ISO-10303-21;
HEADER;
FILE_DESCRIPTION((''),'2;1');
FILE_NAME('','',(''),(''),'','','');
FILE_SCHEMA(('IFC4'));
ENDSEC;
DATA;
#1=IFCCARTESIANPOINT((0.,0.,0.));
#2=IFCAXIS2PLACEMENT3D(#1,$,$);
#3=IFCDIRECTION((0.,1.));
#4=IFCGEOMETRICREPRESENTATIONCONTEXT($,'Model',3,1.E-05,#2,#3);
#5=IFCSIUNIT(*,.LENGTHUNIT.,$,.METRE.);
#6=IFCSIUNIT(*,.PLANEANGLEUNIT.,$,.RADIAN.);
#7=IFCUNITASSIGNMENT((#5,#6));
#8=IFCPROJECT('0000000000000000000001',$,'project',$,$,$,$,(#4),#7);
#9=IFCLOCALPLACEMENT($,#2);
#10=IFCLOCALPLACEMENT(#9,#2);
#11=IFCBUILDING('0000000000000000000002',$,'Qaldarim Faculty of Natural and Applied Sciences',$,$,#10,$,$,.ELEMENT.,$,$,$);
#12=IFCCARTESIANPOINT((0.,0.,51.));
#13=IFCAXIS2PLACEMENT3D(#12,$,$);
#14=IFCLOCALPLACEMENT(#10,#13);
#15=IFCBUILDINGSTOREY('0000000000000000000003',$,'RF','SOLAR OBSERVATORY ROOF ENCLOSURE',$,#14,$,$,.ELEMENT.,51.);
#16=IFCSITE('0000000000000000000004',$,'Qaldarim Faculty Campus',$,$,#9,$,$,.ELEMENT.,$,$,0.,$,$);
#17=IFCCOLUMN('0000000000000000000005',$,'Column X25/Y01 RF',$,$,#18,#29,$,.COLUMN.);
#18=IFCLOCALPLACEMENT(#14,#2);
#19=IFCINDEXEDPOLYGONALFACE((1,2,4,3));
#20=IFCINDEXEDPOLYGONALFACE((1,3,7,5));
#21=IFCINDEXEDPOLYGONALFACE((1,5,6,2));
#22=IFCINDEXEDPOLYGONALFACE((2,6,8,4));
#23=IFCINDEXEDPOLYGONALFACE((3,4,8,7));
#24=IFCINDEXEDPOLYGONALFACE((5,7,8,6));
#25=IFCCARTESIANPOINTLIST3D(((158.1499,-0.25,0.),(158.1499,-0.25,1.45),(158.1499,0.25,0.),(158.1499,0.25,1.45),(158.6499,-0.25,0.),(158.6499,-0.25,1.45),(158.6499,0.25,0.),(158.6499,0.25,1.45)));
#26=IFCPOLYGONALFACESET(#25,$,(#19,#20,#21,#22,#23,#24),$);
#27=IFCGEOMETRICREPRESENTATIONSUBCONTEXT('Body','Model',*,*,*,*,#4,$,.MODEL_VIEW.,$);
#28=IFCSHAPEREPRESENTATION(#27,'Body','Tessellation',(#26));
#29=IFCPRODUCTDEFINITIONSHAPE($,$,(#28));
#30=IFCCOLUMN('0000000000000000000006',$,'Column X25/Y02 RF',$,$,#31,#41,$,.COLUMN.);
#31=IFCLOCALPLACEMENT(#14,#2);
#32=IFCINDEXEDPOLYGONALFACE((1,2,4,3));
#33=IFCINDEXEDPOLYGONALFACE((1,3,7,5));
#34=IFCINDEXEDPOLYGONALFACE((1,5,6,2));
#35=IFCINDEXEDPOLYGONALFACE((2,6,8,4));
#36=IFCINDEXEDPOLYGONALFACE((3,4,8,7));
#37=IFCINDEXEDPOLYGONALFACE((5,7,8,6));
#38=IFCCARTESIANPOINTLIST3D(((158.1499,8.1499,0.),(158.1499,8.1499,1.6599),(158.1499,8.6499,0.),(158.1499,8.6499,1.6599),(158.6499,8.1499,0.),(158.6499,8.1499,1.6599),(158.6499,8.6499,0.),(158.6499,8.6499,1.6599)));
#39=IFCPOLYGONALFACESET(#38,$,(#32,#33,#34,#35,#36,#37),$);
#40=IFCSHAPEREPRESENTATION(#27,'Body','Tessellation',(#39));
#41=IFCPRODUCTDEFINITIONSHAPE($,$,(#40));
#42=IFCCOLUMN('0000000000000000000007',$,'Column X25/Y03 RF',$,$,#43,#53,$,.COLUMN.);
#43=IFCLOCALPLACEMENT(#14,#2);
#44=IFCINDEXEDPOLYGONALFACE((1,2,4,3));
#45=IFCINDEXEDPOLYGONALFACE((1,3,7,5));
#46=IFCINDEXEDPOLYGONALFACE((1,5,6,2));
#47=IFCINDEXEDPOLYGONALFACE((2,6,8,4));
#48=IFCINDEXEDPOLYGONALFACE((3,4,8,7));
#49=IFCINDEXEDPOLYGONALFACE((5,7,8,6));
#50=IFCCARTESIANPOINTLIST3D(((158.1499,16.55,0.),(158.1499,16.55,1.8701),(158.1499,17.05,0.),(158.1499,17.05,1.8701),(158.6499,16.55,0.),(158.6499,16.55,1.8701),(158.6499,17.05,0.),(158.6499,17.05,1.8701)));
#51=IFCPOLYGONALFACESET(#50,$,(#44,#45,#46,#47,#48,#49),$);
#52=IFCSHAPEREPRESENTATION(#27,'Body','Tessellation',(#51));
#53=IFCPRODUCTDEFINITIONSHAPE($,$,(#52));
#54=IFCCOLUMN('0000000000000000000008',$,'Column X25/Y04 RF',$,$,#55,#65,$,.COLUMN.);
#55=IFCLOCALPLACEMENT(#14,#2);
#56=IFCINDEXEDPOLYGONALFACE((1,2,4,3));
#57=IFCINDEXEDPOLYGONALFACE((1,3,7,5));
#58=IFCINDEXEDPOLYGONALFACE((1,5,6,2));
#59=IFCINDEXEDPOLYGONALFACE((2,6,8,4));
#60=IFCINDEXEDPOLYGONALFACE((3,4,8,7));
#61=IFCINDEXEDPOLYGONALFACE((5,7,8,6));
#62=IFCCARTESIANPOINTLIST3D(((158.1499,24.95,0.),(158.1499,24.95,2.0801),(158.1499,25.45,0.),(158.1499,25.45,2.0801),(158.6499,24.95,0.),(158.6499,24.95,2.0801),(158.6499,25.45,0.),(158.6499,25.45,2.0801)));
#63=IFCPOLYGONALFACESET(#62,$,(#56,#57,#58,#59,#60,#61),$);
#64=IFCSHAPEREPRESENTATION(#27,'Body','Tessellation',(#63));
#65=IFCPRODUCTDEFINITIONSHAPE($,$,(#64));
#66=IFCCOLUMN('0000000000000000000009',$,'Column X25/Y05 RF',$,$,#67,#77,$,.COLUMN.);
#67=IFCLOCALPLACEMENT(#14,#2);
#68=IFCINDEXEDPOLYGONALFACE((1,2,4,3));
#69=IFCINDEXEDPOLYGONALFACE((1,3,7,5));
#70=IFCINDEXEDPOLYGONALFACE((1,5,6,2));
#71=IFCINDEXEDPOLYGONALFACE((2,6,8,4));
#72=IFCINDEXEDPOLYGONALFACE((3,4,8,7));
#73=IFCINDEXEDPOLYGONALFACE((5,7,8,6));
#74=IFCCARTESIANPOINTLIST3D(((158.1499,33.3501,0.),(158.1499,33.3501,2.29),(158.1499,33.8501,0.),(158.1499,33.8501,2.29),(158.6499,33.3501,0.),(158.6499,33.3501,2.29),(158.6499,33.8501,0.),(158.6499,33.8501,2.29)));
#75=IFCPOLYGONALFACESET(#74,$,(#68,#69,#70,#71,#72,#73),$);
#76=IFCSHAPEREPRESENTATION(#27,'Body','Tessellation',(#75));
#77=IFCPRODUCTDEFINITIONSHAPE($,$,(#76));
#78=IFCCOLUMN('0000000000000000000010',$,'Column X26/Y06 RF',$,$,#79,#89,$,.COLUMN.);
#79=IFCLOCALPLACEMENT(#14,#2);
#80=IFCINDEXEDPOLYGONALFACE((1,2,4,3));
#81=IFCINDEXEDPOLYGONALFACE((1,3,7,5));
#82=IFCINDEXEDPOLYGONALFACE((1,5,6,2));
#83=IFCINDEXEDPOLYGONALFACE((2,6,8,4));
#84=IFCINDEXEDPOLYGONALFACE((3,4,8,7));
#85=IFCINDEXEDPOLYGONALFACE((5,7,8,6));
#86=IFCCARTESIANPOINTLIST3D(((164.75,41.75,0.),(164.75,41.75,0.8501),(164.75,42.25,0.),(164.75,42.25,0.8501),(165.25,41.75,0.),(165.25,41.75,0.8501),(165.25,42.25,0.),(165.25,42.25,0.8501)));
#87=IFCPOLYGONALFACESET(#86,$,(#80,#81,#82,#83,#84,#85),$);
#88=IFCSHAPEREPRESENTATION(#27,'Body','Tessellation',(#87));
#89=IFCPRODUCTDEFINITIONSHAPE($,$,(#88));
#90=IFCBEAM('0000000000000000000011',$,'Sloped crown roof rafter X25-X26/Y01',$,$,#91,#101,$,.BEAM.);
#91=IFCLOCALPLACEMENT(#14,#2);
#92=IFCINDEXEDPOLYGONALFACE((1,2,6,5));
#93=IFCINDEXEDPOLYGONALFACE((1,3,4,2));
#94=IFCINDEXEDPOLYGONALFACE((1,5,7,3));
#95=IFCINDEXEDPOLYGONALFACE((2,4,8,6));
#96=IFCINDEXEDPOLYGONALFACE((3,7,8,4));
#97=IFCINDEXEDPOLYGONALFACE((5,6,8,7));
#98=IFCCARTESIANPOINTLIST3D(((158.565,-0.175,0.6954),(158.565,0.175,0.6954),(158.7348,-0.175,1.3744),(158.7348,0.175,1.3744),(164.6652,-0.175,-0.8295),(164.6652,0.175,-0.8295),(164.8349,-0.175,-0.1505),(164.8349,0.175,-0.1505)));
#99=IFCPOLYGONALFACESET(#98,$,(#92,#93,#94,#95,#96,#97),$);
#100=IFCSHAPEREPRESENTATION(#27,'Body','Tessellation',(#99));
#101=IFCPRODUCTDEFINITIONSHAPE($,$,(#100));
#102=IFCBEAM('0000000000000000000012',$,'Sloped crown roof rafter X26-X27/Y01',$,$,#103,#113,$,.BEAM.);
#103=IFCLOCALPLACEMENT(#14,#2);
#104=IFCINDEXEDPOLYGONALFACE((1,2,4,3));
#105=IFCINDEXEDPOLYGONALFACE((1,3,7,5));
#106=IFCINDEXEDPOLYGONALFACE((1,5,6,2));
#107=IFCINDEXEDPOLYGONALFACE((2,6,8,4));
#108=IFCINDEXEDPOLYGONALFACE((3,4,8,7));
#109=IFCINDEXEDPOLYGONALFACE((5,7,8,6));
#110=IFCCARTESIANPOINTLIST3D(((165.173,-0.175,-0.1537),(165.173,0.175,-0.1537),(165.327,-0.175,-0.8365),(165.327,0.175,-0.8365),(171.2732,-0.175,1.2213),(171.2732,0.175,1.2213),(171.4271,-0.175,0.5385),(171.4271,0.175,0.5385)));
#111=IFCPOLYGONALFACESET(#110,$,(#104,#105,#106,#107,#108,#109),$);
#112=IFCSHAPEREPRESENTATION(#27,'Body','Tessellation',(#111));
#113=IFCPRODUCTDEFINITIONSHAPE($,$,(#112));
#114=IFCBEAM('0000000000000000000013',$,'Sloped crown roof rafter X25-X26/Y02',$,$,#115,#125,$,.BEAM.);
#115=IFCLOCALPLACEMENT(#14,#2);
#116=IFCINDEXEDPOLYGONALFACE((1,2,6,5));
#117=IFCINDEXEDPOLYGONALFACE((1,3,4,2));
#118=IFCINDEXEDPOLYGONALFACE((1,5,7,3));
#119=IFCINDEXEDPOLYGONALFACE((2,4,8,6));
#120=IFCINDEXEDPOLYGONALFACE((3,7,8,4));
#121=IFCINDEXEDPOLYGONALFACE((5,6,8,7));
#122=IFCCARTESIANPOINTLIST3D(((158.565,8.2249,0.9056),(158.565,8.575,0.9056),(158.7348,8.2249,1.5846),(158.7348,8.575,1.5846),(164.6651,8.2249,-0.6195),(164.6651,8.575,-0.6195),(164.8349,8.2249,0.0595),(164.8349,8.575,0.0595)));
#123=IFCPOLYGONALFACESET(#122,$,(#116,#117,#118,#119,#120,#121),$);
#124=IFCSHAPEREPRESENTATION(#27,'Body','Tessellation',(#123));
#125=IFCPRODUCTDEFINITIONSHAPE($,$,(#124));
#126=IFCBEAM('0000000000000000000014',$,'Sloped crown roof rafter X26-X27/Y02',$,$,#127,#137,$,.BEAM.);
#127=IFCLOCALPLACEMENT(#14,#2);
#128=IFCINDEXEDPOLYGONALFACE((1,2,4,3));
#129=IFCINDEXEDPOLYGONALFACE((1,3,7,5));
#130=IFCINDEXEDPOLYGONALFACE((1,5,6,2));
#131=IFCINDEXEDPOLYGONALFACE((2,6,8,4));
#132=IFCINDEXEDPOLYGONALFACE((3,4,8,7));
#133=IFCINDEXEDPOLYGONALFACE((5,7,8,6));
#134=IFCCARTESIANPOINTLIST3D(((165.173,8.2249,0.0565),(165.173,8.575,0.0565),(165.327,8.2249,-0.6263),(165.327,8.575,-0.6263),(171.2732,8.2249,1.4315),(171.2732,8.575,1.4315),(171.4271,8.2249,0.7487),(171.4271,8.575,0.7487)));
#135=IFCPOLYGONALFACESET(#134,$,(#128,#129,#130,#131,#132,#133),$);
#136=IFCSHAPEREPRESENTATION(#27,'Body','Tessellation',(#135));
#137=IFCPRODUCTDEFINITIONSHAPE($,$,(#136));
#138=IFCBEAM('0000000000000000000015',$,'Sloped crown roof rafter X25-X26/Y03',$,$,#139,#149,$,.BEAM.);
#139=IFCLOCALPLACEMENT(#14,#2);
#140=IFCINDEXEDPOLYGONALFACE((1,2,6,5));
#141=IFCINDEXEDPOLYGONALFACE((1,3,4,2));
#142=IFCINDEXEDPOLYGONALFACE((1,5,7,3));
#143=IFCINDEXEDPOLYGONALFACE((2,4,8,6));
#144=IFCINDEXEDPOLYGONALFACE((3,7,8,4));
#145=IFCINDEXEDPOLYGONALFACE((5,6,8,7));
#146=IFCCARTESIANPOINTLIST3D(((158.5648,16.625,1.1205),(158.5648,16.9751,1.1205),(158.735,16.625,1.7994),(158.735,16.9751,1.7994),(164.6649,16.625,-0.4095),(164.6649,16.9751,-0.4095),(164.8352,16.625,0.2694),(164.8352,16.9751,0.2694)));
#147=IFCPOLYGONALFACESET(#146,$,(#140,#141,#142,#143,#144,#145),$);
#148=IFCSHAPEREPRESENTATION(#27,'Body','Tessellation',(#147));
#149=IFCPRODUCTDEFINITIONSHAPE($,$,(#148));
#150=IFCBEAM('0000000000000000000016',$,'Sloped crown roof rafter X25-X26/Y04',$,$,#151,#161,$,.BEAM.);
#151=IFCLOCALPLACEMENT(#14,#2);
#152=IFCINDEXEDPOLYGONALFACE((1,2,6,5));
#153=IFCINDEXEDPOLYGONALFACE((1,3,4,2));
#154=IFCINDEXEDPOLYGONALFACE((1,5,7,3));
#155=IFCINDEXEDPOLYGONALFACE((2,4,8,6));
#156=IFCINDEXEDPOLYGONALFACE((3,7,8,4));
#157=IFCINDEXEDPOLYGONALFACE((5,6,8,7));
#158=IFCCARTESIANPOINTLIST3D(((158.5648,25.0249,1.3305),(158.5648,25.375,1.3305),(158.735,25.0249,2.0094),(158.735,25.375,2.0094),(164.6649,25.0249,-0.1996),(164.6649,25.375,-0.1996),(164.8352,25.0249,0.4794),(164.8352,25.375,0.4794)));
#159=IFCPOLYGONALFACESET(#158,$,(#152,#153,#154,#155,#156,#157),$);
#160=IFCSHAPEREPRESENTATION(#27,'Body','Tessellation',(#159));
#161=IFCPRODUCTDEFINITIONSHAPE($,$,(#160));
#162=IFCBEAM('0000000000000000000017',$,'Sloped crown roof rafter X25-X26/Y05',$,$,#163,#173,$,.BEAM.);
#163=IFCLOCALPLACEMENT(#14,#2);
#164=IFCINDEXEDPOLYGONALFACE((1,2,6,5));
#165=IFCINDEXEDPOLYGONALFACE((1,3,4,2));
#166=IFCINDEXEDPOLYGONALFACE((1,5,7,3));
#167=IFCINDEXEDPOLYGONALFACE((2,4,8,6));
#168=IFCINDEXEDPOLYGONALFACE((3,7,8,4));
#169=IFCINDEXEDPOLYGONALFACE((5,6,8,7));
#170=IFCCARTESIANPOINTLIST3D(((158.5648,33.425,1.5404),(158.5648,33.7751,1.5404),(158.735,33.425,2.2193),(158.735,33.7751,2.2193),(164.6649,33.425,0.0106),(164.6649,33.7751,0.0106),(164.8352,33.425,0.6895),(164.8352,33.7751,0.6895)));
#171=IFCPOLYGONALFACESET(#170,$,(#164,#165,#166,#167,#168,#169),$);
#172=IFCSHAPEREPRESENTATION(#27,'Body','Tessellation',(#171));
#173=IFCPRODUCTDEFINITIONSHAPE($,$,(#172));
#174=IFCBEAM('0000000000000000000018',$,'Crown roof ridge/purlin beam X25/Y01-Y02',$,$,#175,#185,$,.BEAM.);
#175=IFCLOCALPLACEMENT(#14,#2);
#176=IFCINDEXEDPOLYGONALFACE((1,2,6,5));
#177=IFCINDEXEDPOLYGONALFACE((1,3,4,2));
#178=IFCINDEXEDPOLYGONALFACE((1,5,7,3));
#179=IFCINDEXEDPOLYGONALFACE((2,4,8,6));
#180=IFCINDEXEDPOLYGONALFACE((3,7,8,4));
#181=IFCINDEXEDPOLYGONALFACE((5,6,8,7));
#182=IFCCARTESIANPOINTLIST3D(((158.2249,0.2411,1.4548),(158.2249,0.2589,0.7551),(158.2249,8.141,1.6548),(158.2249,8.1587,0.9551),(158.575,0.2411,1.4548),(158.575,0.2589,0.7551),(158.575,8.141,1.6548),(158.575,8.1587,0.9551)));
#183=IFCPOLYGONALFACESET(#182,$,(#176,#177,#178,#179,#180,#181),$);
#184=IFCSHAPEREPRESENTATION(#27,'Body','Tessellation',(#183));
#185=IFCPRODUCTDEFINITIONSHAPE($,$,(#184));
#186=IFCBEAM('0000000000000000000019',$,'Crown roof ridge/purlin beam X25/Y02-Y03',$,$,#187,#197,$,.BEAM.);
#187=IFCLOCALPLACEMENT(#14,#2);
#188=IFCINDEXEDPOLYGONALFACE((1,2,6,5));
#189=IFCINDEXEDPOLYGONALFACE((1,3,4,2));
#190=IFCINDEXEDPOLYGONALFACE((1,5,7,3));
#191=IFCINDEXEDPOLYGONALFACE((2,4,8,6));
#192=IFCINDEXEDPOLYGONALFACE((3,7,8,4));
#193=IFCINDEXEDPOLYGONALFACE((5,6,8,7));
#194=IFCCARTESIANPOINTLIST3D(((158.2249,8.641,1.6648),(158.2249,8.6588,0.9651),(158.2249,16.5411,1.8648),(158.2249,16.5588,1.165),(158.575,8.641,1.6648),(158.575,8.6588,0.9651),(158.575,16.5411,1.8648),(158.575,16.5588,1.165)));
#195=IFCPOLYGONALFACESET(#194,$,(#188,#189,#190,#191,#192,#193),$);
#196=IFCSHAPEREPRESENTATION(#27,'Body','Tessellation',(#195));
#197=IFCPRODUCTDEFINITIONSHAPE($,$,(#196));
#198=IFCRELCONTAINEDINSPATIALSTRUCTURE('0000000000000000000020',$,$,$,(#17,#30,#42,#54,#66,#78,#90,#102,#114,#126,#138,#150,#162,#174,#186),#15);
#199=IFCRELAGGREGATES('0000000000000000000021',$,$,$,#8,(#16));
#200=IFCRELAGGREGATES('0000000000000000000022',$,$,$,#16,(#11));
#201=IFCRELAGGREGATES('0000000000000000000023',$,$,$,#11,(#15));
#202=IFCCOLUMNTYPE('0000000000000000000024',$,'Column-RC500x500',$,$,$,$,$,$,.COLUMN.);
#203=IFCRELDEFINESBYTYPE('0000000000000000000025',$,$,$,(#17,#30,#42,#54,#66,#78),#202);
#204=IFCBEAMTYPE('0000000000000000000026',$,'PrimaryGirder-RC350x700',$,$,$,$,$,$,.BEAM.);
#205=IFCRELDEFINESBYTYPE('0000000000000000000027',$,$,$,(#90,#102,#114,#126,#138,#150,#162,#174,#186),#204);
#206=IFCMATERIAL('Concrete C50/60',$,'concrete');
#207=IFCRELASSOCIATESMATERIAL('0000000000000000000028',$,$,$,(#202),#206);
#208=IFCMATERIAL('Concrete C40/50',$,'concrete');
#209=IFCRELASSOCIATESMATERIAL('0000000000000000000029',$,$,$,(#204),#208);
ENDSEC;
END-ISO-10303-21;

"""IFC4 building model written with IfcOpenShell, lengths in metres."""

from ifc_helpers import new_model, si_unit, direction, frame, origin, origin_2d, place, context, subcontext, project, spatial, rectangle, extrude, material, material_profile, profile_set, type_object, element, save


model = new_model("IFC4")

# Units and contexts
model_context = context("Model", 3, precision=1e-05, world=origin(), true_north=direction((0.0, 1.0)))
body_context = subcontext(model_context, "Body", "Model", "MODEL_VIEW")
ifc_project = project(units=[si_unit("LENGTHUNIT", "METRE"), si_unit("PLANEANGLEUNIT", "RADIAN")], contexts=[model_context])

# Site, building, storey
site_placement = place(None, origin())
site = spatial("IfcSite", under=ifc_project, at=site_placement, Name="Qaldarim Faculty Campus", CompositionType="ELEMENT", RefElevation=0.0)
building_placement = place(site_placement, origin())
building = spatial("IfcBuilding", under=site, at=building_placement, Name="Qaldarim Faculty of Natural and Applied Sciences", CompositionType="ELEMENT")
storey_placement = place(building_placement, frame((0.0, 0.0, 51.0)))
storey = spatial("IfcBuildingStorey", under=building, at=storey_placement, Name="RF", Description="SOLAR OBSERVATORY ROOF ENCLOSURE", CompositionType="ELEMENT", Elevation=51.0)

# Columns
ifc_material_1 = material(Name="Concrete C50/60", Category="concrete")
ifc_material_profile_1 = material_profile(ifc_material_1, rectangle(XDim=0.5, YDim=0.5, at=origin_2d()), Name="RC-C500x500")
ifc_profile_set_1 = profile_set([ifc_material_profile_1], Name="Concrete C50/60")
column_type = type_object("IfcColumnType", Name="Column-RC500x500", PredefinedType="COLUMN", material=ifc_profile_set_1)
column_1_placement = place(storey_placement, frame((158.3999, 0.0, 0.0), z_axis=(0.0, 0.0, 1.0), x_axis=(1.0, 0.0, 0.0)))
element("IfcColumn", 1, at=column_1_placement, inside=storey, type_object=column_type, Name="Column X25/Y01 RF", PredefinedType="COLUMN", context=body_context, shape_type="SweptSolid", body=[
    extrude(rectangle(XDim=0.5, YDim=0.5, at=origin_2d()), origin(), (0.0, 0.0, 1.0), 1.45),
])
column_2_placement = place(storey_placement, frame((158.3999, 8.3999, 0.0), z_axis=(0.0, 0.0, 1.0), x_axis=(1.0, 0.0, 0.0)))
element("IfcColumn", 2, at=column_2_placement, inside=storey, type_object=column_type, Name="Column X25/Y02 RF", PredefinedType="COLUMN", context=body_context, shape_type="SweptSolid", body=[
    extrude(rectangle(XDim=0.5, YDim=0.5, at=origin_2d()), origin(), (0.0, 0.0, 1.0), 1.6599),
])
column_3_placement = place(storey_placement, frame((158.3999, 16.8, 0.0), z_axis=(0.0, 0.0, 1.0), x_axis=(1.0, 0.0, 0.0)))
element("IfcColumn", 3, at=column_3_placement, inside=storey, type_object=column_type, Name="Column X25/Y03 RF", PredefinedType="COLUMN", context=body_context, shape_type="SweptSolid", body=[
    extrude(rectangle(XDim=0.5, YDim=0.5, at=origin_2d()), origin(), (0.0, 0.0, 1.0), 1.8701),
])
column_4_placement = place(storey_placement, frame((158.3999, 25.2, 0.0), z_axis=(0.0, 0.0, 1.0), x_axis=(1.0, 0.0, 0.0)))
element("IfcColumn", 4, at=column_4_placement, inside=storey, type_object=column_type, Name="Column X25/Y04 RF", PredefinedType="COLUMN", context=body_context, shape_type="SweptSolid", body=[
    extrude(rectangle(XDim=0.5, YDim=0.5, at=origin_2d()), origin(), (0.0, 0.0, 1.0), 2.0801),
])
column_5_placement = place(storey_placement, frame((158.3999, 33.6001, 0.0), z_axis=(0.0, 0.0, 1.0), x_axis=(1.0, 0.0, 0.0)))
element("IfcColumn", 5, at=column_5_placement, inside=storey, type_object=column_type, Name="Column X25/Y05 RF", PredefinedType="COLUMN", context=body_context, shape_type="SweptSolid", body=[
    extrude(rectangle(XDim=0.5, YDim=0.5, at=origin_2d()), origin(), (0.0, 0.0, 1.0), 2.29),
])
column_6_placement = place(storey_placement, frame((165.0, 42.0, 0.0), z_axis=(0.0, 0.0, 1.0), x_axis=(1.0, 0.0, 0.0)))
element("IfcColumn", 6, at=column_6_placement, inside=storey, type_object=column_type, Name="Column X26/Y06 RF", PredefinedType="COLUMN", context=body_context, shape_type="SweptSolid", body=[
    extrude(rectangle(XDim=0.5, YDim=0.5, at=origin_2d()), origin(), (0.0, 0.0, 1.0), 0.8501),
])

# Beams
ifc_material_2 = material(Name="Concrete C40/50", Category="concrete")
ifc_material_profile_2 = material_profile(ifc_material_2, rectangle(XDim=0.3501, YDim=0.7, at=origin_2d()), Name="RC-B350x700")
ifc_profile_set_2 = profile_set([ifc_material_profile_2], Name="Concrete C40/50")
beam_type_1 = type_object("IfcBeamType", Name="PrimaryGirder-RC350x700", PredefinedType="BEAM", material=ifc_profile_set_2)
beam_1_placement = place(storey_placement, frame((158.6499, 0.0, 1.0349), z_axis=(0.970147, 0.0, -0.242517), x_axis=(0.0, 1.0, 0.0)))
element("IfcBeam", 7, at=beam_1_placement, inside=storey, type_object=beam_type_1, Name="Sloped crown roof rafter X25-X26/Y01", PredefinedType="BEAM", context=body_context, shape_type="SweptSolid", body=[
    extrude(rectangle(XDim=0.3501, YDim=0.7, at=origin_2d()), origin(), (0.0, 0.0, 1.0), 6.2878),
])
beam_2_placement = place(storey_placement, frame((165.25, 0.0, -0.4951), z_axis=(0.975525, 0.0, 0.219889), x_axis=(0.0, 1.0, 0.0)))
element("IfcBeam", 8, at=beam_2_placement, inside=storey, type_object=beam_type_1, Name="Sloped crown roof rafter X26-X27/Y01", PredefinedType="BEAM", context=body_context, shape_type="SweptSolid", body=[
    extrude(rectangle(XDim=0.3501, YDim=0.7, at=origin_2d()), origin(), (0.0, 0.0, 1.0), 6.2532),
])
beam_3_placement = place(storey_placement, frame((158.6499, 8.3999, 1.2451), z_axis=(0.970138, 0.0, -0.242554), x_axis=(0.0, 1.0, 0.0)))
element("IfcBeam", 9, at=beam_3_placement, inside=storey, type_object=beam_type_1, Name="Sloped crown roof rafter X25-X26/Y02", PredefinedType="BEAM", context=body_context, shape_type="SweptSolid", body=[
    extrude(rectangle(XDim=0.3501, YDim=0.7, at=origin_2d()), origin(), (0.0, 0.0, 1.0), 6.2878),
])
beam_4_placement = place(storey_placement, frame((165.25, 8.3999, -0.2849), z_axis=(0.975525, 0.0, 0.219889), x_axis=(0.0, 1.0, 0.0)))
element("IfcBeam", 10, at=beam_4_placement, inside=storey, type_object=beam_type_1, Name="Sloped crown roof rafter X26-X27/Y02", PredefinedType="BEAM", context=body_context, shape_type="SweptSolid", body=[
    extrude(rectangle(XDim=0.3501, YDim=0.7, at=origin_2d()), origin(), (0.0, 0.0, 1.0), 6.2532),
])
for number, where, z_axis, x_axis, name in (
    (11, (158.6499, 16.8, 1.46), (0.969955, 0.0, -0.243285), (0.0, 1.0, 0.0), "Sloped crown roof rafter X25-X26/Y03"),
    (12, (158.6499, 25.2, 1.6699), (0.969955, 0.0, -0.243285), (0.0, 1.0, 0.0), "Sloped crown roof rafter X25-X26/Y04"),
    (13, (158.6499, 33.6001, 1.8799), (0.969964, 0.0, -0.243248), (0.0, 1.0, 0.0), "Sloped crown roof rafter X25-X26/Y05"),
):
    element("IfcBeam", number, at=place(storey_placement, frame(where, z_axis=z_axis, x_axis=x_axis)), inside=storey, type_object=beam_type_1, Name=name, PredefinedType="BEAM", context=body_context, shape_type="SweptSolid", body=[
        extrude(rectangle(XDim=0.3501, YDim=0.7, at=origin_2d()), origin(), (0.0, 0.0, 1.0), 6.2891),
    ])
beam_5_placement = place(storey_placement, frame((158.3999, 0.25, 1.105), z_axis=(0.0, 0.99968, 0.025302), x_axis=(-1.0, 0.0, 0.0)))
element("IfcBeam", 14, at=beam_5_placement, inside=storey, type_object=beam_type_1, Name="Crown roof ridge/purlin beam X25/Y01-Y02", PredefinedType="BEAM", context=body_context, shape_type="SweptSolid", body=[
    extrude(rectangle(XDim=0.3501, YDim=0.7, at=origin_2d()), origin(), (0.0, 0.0, 1.0), 7.9023),
])
beam_6_placement = place(storey_placement, frame((158.3999, 8.6499, 1.3149), z_axis=(0.0, 0.99968, 0.025302), x_axis=(-1.0, 0.0, 0.0)))
element("IfcBeam", 15, at=beam_6_placement, inside=storey, type_object=beam_type_1, Name="Crown roof ridge/purlin beam X25/Y02-Y03", PredefinedType="BEAM", context=body_context, shape_type="SweptSolid", body=[
    extrude(rectangle(XDim=0.3501, YDim=0.7, at=origin_2d()), origin(), (0.0, 0.0, 1.0), 7.9026),
])

save(model, "model.ifc")
